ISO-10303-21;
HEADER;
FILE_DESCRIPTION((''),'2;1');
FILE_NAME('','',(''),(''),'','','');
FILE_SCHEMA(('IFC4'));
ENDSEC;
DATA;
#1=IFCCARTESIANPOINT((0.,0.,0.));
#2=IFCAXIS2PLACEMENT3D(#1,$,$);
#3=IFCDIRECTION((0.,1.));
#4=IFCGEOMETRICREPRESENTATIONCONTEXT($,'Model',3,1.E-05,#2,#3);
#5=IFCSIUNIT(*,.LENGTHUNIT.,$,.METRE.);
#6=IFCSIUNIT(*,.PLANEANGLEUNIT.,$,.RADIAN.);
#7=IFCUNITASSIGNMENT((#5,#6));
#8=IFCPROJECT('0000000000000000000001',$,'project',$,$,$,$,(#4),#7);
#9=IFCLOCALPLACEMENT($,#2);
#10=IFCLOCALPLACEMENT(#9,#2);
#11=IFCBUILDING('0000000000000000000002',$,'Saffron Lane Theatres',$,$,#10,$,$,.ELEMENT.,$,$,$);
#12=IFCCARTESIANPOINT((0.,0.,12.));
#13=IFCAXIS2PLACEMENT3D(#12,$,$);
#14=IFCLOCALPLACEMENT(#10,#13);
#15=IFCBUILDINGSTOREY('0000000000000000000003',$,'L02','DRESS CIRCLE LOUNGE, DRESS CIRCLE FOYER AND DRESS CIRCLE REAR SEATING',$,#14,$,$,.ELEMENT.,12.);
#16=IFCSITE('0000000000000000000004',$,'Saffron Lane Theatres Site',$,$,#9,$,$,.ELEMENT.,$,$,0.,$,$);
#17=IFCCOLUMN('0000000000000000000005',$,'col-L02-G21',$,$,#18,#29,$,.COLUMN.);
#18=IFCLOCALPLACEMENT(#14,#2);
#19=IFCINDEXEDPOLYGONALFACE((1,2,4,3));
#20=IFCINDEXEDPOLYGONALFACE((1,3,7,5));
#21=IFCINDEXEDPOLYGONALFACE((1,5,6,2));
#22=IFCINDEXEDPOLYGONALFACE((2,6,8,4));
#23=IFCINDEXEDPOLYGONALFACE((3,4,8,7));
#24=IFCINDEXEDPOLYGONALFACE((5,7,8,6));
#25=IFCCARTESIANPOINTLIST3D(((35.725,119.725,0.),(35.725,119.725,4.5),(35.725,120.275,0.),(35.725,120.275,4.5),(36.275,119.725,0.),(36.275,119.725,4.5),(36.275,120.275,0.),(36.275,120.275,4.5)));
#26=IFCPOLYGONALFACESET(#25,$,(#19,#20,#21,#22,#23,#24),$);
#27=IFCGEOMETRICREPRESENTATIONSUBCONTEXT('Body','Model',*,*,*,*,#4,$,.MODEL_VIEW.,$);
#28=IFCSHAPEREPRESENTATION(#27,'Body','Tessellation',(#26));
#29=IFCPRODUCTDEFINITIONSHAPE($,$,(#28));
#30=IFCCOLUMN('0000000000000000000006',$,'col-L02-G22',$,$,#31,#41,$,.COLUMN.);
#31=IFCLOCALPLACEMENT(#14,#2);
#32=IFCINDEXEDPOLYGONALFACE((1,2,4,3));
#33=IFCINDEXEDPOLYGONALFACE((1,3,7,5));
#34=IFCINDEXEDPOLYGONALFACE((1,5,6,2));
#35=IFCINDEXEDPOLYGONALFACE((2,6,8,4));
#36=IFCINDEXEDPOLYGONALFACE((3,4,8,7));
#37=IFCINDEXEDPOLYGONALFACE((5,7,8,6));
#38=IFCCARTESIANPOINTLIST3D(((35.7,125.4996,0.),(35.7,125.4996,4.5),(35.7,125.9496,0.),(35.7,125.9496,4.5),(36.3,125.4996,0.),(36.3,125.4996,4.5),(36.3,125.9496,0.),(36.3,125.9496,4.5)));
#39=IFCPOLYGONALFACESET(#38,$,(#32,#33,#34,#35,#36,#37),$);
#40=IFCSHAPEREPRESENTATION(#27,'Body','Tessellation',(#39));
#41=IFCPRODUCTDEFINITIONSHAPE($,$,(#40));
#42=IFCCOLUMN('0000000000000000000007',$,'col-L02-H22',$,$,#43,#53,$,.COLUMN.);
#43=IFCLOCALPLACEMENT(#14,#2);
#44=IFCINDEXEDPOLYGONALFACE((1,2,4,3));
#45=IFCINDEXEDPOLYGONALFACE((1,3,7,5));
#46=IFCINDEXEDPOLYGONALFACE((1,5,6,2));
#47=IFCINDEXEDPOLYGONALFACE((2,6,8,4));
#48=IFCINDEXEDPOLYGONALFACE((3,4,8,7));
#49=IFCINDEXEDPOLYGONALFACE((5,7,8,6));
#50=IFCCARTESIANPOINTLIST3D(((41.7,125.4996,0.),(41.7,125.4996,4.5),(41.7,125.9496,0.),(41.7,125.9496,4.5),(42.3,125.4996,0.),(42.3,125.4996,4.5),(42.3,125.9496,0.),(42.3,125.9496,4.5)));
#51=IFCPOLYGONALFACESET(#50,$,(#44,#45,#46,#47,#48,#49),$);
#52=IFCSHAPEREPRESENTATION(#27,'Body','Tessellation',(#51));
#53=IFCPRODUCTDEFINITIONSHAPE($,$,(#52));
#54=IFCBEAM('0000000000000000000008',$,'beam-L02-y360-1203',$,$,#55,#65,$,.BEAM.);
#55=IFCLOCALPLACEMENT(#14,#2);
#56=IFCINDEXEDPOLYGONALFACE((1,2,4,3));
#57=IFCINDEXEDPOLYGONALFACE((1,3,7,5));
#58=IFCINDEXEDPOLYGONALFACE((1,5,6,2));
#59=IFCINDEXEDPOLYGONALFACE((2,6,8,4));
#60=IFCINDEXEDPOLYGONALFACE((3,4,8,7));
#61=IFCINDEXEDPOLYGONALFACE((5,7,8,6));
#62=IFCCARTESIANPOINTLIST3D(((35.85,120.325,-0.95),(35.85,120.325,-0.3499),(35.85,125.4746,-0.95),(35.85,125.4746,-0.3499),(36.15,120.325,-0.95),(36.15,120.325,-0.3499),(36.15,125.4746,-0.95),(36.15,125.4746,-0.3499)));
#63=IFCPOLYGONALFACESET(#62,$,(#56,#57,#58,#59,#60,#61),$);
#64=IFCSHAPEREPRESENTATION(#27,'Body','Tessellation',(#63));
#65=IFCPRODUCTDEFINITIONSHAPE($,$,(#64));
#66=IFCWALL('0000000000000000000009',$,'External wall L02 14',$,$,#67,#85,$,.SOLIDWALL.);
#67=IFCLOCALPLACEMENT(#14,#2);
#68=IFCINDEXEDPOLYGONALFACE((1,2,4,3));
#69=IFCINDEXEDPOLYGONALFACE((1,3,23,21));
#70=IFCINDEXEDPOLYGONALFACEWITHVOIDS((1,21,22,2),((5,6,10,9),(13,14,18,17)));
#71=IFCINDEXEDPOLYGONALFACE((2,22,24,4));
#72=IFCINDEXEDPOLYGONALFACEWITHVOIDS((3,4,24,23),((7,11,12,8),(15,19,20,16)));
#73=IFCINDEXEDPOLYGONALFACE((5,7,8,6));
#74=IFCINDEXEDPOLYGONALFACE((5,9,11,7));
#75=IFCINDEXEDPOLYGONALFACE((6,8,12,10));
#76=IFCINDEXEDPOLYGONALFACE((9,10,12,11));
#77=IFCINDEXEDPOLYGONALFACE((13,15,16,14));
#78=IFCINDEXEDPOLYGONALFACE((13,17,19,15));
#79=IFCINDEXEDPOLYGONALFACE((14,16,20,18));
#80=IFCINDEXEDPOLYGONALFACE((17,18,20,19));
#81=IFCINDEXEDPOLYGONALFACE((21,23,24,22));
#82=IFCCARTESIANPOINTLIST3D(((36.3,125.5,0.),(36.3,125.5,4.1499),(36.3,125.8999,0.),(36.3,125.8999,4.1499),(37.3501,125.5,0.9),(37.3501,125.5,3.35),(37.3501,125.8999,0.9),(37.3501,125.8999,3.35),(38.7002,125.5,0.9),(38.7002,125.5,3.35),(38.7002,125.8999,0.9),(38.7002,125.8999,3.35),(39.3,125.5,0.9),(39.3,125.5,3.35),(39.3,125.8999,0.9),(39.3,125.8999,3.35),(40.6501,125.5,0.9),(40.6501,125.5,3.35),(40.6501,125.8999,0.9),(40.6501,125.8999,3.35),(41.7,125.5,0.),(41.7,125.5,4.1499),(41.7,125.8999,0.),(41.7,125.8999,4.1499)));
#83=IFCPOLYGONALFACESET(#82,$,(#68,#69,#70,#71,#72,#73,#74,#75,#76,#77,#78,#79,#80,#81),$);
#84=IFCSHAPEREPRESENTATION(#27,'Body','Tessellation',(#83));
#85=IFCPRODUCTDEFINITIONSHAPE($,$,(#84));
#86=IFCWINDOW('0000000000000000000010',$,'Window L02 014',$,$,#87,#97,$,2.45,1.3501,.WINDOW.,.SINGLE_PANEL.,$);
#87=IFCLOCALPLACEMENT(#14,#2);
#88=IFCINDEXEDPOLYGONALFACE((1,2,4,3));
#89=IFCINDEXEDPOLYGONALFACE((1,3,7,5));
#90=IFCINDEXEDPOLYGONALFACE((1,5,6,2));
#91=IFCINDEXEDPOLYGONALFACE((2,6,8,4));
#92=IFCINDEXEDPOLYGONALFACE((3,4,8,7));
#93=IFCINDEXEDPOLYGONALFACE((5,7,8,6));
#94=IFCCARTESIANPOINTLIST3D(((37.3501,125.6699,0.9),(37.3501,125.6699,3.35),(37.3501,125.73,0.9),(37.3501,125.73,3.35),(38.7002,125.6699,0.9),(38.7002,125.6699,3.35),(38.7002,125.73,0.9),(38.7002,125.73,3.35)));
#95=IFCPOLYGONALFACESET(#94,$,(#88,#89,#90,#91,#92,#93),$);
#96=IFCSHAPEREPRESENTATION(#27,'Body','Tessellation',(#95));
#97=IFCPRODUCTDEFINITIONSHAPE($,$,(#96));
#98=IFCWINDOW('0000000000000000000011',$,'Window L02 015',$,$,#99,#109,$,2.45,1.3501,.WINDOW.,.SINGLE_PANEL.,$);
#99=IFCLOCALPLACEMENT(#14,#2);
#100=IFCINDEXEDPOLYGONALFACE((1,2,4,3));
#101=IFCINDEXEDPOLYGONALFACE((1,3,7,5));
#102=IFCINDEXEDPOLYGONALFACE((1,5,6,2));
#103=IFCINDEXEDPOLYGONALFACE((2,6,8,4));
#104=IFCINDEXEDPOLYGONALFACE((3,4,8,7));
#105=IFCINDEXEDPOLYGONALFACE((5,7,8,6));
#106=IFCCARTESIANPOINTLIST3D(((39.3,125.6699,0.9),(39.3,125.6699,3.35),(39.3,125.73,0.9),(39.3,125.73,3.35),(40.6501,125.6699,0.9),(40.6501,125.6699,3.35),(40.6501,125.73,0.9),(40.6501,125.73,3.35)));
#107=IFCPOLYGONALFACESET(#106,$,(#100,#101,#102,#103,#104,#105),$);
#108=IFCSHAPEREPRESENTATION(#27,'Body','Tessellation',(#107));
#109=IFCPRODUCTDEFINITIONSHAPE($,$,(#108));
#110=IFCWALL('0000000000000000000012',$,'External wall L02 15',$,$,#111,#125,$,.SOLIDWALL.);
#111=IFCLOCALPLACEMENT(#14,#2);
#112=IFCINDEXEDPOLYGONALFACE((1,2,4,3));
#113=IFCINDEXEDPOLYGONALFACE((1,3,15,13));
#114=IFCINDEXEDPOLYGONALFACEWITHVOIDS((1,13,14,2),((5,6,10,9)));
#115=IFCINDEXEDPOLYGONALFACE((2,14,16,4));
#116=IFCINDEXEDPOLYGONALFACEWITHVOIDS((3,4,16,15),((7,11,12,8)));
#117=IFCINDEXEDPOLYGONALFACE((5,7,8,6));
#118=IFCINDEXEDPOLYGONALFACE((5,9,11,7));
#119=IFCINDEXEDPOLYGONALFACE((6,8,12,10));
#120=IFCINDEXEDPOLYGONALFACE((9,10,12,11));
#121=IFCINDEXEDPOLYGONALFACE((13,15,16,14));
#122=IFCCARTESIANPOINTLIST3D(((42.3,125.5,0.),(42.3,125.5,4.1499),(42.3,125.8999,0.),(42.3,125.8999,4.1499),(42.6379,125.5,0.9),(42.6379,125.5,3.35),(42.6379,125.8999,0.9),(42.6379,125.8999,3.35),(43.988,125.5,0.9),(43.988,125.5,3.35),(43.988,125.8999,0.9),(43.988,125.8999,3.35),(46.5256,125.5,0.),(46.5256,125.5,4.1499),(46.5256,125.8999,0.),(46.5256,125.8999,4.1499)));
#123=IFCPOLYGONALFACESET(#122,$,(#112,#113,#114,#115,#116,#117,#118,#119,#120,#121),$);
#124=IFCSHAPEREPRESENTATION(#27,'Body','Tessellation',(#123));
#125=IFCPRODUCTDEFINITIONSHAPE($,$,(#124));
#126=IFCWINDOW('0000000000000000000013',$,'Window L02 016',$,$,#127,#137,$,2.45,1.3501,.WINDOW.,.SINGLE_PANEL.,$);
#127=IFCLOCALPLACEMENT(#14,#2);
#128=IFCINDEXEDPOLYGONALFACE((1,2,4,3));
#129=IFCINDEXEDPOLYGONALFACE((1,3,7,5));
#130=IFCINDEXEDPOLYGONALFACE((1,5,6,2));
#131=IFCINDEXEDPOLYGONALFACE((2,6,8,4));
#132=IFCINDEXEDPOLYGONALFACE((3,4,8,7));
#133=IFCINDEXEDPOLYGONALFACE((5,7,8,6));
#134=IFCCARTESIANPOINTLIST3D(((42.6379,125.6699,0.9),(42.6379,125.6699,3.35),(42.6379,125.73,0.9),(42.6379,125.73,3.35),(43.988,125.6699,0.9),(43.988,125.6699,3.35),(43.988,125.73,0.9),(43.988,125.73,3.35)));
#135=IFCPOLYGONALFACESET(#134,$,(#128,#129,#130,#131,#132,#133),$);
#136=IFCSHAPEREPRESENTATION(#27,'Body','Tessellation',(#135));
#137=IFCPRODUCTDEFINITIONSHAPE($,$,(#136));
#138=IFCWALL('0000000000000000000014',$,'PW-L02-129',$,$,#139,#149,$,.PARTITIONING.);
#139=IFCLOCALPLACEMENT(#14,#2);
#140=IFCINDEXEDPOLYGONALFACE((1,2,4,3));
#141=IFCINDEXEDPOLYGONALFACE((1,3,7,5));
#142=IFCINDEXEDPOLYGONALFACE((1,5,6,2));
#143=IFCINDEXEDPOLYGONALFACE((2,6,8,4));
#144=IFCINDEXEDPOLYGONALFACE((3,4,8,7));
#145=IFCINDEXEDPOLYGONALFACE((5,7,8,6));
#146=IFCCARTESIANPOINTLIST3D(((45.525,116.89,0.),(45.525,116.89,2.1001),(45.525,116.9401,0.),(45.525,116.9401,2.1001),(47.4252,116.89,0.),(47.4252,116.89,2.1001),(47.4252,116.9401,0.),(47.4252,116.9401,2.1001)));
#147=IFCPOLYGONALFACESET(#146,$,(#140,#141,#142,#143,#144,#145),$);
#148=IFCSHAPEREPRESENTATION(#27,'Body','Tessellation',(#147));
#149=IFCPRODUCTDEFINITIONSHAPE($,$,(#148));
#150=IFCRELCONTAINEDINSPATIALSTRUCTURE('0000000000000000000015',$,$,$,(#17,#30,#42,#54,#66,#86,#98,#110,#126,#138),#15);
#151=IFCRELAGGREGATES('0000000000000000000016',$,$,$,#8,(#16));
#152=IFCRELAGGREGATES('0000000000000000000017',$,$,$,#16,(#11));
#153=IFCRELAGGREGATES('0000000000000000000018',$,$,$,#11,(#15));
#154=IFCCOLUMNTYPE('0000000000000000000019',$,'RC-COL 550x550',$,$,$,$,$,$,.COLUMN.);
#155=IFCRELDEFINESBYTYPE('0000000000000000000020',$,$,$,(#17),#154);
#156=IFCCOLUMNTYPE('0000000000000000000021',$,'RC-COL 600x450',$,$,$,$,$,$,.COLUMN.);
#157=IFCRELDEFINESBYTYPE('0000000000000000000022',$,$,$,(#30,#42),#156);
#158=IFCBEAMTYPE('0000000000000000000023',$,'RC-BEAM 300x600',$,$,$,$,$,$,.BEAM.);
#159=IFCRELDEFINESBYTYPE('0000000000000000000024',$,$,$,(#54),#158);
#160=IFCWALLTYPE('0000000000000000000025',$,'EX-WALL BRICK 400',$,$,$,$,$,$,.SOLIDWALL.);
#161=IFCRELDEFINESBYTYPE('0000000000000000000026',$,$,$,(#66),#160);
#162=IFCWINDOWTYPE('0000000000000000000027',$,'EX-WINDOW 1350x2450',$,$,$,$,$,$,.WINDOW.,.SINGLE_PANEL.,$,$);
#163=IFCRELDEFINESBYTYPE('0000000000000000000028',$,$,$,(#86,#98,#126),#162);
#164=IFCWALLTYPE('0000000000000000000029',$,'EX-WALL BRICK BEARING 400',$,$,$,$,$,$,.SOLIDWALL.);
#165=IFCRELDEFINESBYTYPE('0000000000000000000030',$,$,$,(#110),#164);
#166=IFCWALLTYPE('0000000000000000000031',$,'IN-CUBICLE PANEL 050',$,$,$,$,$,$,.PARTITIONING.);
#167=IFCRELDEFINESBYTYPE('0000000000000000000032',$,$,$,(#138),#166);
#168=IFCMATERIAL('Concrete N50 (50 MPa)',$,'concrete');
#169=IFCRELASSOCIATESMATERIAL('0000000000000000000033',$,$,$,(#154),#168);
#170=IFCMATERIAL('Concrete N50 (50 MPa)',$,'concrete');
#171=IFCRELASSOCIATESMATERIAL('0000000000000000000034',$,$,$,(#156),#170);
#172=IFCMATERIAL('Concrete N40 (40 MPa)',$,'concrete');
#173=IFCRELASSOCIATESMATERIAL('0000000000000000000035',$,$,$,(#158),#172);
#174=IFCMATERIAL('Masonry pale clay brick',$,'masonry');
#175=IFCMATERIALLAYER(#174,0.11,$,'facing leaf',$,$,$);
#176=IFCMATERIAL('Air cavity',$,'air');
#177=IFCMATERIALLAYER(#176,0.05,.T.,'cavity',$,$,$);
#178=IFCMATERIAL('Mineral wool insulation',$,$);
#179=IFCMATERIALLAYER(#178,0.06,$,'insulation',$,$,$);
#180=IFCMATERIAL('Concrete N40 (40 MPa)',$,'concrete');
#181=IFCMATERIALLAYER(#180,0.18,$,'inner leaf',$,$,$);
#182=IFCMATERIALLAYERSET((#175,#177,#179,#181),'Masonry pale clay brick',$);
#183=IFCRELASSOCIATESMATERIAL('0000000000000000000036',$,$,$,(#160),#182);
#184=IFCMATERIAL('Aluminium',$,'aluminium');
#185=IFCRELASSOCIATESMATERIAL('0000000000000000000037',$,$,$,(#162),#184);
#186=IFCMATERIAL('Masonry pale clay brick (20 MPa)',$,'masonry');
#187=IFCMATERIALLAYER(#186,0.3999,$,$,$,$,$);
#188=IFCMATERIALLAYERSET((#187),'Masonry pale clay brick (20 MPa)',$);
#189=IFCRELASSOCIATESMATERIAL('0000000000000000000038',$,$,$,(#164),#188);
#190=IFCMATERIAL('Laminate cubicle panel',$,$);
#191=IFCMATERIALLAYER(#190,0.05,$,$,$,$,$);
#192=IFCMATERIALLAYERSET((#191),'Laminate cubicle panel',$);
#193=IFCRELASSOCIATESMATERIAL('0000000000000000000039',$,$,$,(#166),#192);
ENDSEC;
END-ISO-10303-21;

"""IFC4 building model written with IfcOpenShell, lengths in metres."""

from ifc_helpers import new_model, si_unit, direction, frame, frame_2d, origin, origin_2d, place, context, subcontext, project, spatial, rectangle, extrude, material, layer, layer_set, material_profile, profile_set, type_object, element, fill, save


model = new_model("IFC4")

# Units and contexts
model_context = context("Model", 3, precision=1e-05, world=origin(), true_north=direction((0.0, 1.0)))
body_context = subcontext(model_context, "Body", "Model", "MODEL_VIEW")
ifc_project = project(units=[si_unit("LENGTHUNIT", "METRE"), si_unit("PLANEANGLEUNIT", "RADIAN")], contexts=[model_context])

# Site, building, storey
site_placement = place(None, origin())
site = spatial("IfcSite", under=ifc_project, at=site_placement, Name="Saffron Lane Theatres Site", CompositionType="ELEMENT", RefElevation=0.0)
building_placement = place(site_placement, origin())
building = spatial("IfcBuilding", under=site, at=building_placement, Name="Saffron Lane Theatres", CompositionType="ELEMENT")
storey_placement = place(building_placement, frame((0.0, 0.0, 12.0)))
storey = spatial("IfcBuildingStorey", under=building, at=storey_placement, Name="L02", Description="DRESS CIRCLE LOUNGE, DRESS CIRCLE FOYER AND DRESS CIRCLE REAR SEATING", CompositionType="ELEMENT", Elevation=12.0)

# Columns
ifc_material_1 = material(Name="Concrete N50 (50 MPa)", Category="concrete")
ifc_material_profile_1 = material_profile(ifc_material_1, rectangle(XDim=0.55, YDim=0.55, at=origin_2d()))
ifc_profile_set_1 = profile_set([ifc_material_profile_1], Name="Concrete N50 (50 MPa)")
column_type_1 = type_object("IfcColumnType", Name="RC-COL 550x550", PredefinedType="COLUMN", material=ifc_profile_set_1)
column_placement = place(storey_placement, frame((36.0, 120.0, 0.0), z_axis=(0.0, 0.0, 1.0), x_axis=(1.0, 0.0, 0.0)))
element("IfcColumn", 1, at=column_placement, inside=storey, type_object=column_type_1, Name="col-L02-G21", PredefinedType="COLUMN", context=body_context, shape_type="SweptSolid", body=[
    extrude(rectangle(XDim=0.55, YDim=0.55, at=origin_2d()), origin(), (0.0, 0.0, 1.0), 4.5),
])
ifc_material_2 = material(Name="Concrete N50 (50 MPa)", Category="concrete")
ifc_material_profile_2 = material_profile(ifc_material_2, rectangle(XDim=0.6001, YDim=0.45, at=origin_2d()))
ifc_profile_set_2 = profile_set([ifc_material_profile_2], Name="Concrete N50 (50 MPa)")
column_type_2 = type_object("IfcColumnType", Name="RC-COL 600x450", PredefinedType="COLUMN", material=ifc_profile_set_2)
for number, where, z_axis, x_axis, name in (
    (2, (36.0, 125.7246, 0.0), (0.0, 0.0, 1.0), (1.0, 0.0, 0.0), "col-L02-G22"),
    (3, (42.0, 125.7246, 0.0), (0.0, 0.0, 1.0), (1.0, 0.0, 0.0), "col-L02-H22"),
):
    element("IfcColumn", number, at=place(storey_placement, frame(where, z_axis=z_axis, x_axis=x_axis)), inside=storey, type_object=column_type_2, Name=name, PredefinedType="COLUMN", context=body_context, shape_type="SweptSolid", body=[
        extrude(rectangle(XDim=0.6001, YDim=0.45, at=origin_2d()), origin(), (0.0, 0.0, 1.0), 4.5),
    ])

# Beam
ifc_material_3 = material(Name="Concrete N40 (40 MPa)", Category="concrete")
ifc_material_profile_3 = material_profile(ifc_material_3, rectangle(XDim=0.3, YDim=0.6001, at=origin_2d()))
ifc_profile_set_3 = profile_set([ifc_material_profile_3], Name="Concrete N40 (40 MPa)")
beam_type = type_object("IfcBeamType", Name="RC-BEAM 300x600", PredefinedType="BEAM", material=ifc_profile_set_3)
beam_placement = place(storey_placement, frame((36.0, 120.325, -0.6499), z_axis=(0.0, 1.0, 0.0), x_axis=(-1.0, 0.0, 0.0)))
element("IfcBeam", 4, at=beam_placement, inside=storey, type_object=beam_type, Name="beam-L02-y360-1203", PredefinedType="BEAM", context=body_context, shape_type="SweptSolid", body=[
    extrude(rectangle(XDim=0.3, YDim=0.6001, at=origin_2d()), origin(), (0.0, 0.0, 1.0), 5.1497),
])

# Wall, openings, windows
ifc_material_4 = material(Name="Masonry pale clay brick", Category="masonry")
ifc_layer_1 = layer(ifc_material_4, 0.11, Name="facing leaf")
ifc_material_5 = material(Name="Air cavity", Category="air")
ifc_layer_2 = layer(ifc_material_5, 0.05, ventilated=True, Name="cavity")
ifc_material_6 = material(Name="Mineral wool insulation")
ifc_layer_3 = layer(ifc_material_6, 0.06, Name="insulation")
ifc_material_7 = material(Name="Concrete N40 (40 MPa)", Category="concrete")
ifc_layer_4 = layer(ifc_material_7, 0.18, Name="inner leaf")
ifc_layer_set_1 = layer_set([ifc_layer_1, ifc_layer_2, ifc_layer_3, ifc_layer_4], Name="Masonry pale clay brick")
wall_type_1 = type_object("IfcWallType", Name="EX-WALL BRICK 400", PredefinedType="SOLIDWALL", material=ifc_layer_set_1)
wall_1_placement = place(storey_placement, frame((36.3, 125.7, 0.0), z_axis=(0.0, 0.0, 1.0), x_axis=(1.0, 0.0, 0.0)))
wall_1 = element("IfcWall", 5, at=wall_1_placement, inside=storey, type_object=wall_type_1, Name="External wall L02 14", PredefinedType="SOLIDWALL", context=body_context, shape_type="SweptSolid", body=[
    extrude(rectangle(XDim=5.3999, YDim=0.3999, at=frame_2d((2.7, 0.0))), origin(), (0.0, 0.0, 1.0), 4.1499),
])
opening_1_placement = place(wall_1_placement, frame((1.05, 0.0, 0.8999)))
opening_1 = element("IfcOpeningElement", 6, at=opening_1_placement, cuts=wall_1, PredefinedType="OPENING", context=body_context, shape_type="SweptSolid", body=[
    extrude(rectangle(XDim=1.3501, YDim=2.45, at=frame_2d((0.675, 1.2251))), frame((0.0, 0.21, 0.0), z_axis=(0.0, -1.0, 0.0), x_axis=(1.0, 0.0, 0.0)), (0.0, 0.0, 1.0), 0.4199),
])
opening_2_placement = place(wall_1_placement, frame((3.0, 0.0, 0.8999)))
opening_2 = element("IfcOpeningElement", 7, at=opening_2_placement, cuts=wall_1, PredefinedType="OPENING", context=body_context, shape_type="SweptSolid", body=[
    extrude(rectangle(XDim=1.3501, YDim=2.45, at=frame_2d((0.675, 1.2251))), frame((0.0, 0.21, 0.0), z_axis=(0.0, -1.0, 0.0), x_axis=(1.0, 0.0, 0.0)), (0.0, 0.0, 1.0), 0.4199),
])
ifc_material_8 = material(Name="Aluminium", Category="aluminium")
window_type = type_object("IfcWindowType", Name="EX-WINDOW 1350x2450", PartitioningType="SINGLE_PANEL", PredefinedType="WINDOW", material=ifc_material_8)
window_1_placement = place(opening_1_placement, origin())
window_1 = element("IfcWindow", 8, at=window_1_placement, inside=storey, type_object=window_type, Name="Window L02 014", OverallHeight=2.45, OverallWidth=1.3501, PartitioningType="SINGLE_PANEL", PredefinedType="WINDOW", context=body_context, shape_type="SweptSolid", body=[
    extrude(rectangle(XDim=1.3501, YDim=2.45, at=frame_2d((0.675, 1.2251))), frame((0.0, 0.03, 0.0), z_axis=(0.0, -1.0, 0.0), x_axis=(1.0, 0.0, 0.0)), (0.0, 0.0, 1.0), 0.0601),
])
fill(opening_1, window_1)
window_2_placement = place(opening_2_placement, origin())
window_2 = element("IfcWindow", 9, at=window_2_placement, inside=storey, type_object=window_type, Name="Window L02 015", OverallHeight=2.45, OverallWidth=1.3501, PartitioningType="SINGLE_PANEL", PredefinedType="WINDOW", context=body_context, shape_type="SweptSolid", body=[
    extrude(rectangle(XDim=1.3501, YDim=2.45, at=frame_2d((0.675, 1.2251))), frame((0.0, 0.03, 0.0), z_axis=(0.0, -1.0, 0.0), x_axis=(1.0, 0.0, 0.0)), (0.0, 0.0, 1.0), 0.0601),
])
fill(opening_2, window_2)

# Wall, opening, window
ifc_material_9 = material(Name="Masonry pale clay brick (20 MPa)", Category="masonry")
ifc_layer_5 = layer(ifc_material_9, 0.3999)
ifc_layer_set_2 = layer_set([ifc_layer_5], Name="Masonry pale clay brick (20 MPa)")
wall_type_2 = type_object("IfcWallType", Name="EX-WALL BRICK BEARING 400", PredefinedType="SOLIDWALL", material=ifc_layer_set_2)
wall_2_placement = place(storey_placement, frame((42.3, 125.7, 0.0), z_axis=(0.0, 0.0, 1.0), x_axis=(1.0, 0.0, 0.0)))
wall_2 = element("IfcWall", 10, at=wall_2_placement, inside=storey, type_object=wall_type_2, Name="External wall L02 15", PredefinedType="SOLIDWALL", context=body_context, shape_type="SweptSolid", body=[
    extrude(rectangle(XDim=4.2256, YDim=0.3999, at=frame_2d((2.1128, 0.0))), origin(), (0.0, 0.0, 1.0), 4.1499),
])
opening_3_placement = place(wall_2_placement, frame((0.3379, 0.0, 0.8999)))
opening_3 = element("IfcOpeningElement", 11, at=opening_3_placement, cuts=wall_2, PredefinedType="OPENING", context=body_context, shape_type="SweptSolid", body=[
    extrude(rectangle(XDim=1.3501, YDim=2.45, at=frame_2d((0.675, 1.2251))), frame((0.0, 0.21, 0.0), z_axis=(0.0, -1.0, 0.0), x_axis=(1.0, 0.0, 0.0)), (0.0, 0.0, 1.0), 0.4199),
])
window_3_placement = place(opening_3_placement, origin())
window_3 = element("IfcWindow", 12, at=window_3_placement, inside=storey, type_object=window_type, Name="Window L02 016", OverallHeight=2.45, OverallWidth=1.3501, PartitioningType="SINGLE_PANEL", PredefinedType="WINDOW", context=body_context, shape_type="SweptSolid", body=[
    extrude(rectangle(XDim=1.3501, YDim=2.45, at=frame_2d((0.675, 1.2251))), frame((0.0, 0.03, 0.0), z_axis=(0.0, -1.0, 0.0), x_axis=(1.0, 0.0, 0.0)), (0.0, 0.0, 1.0), 0.0601),
])
fill(opening_3, window_3)

# Wall
ifc_material_10 = material(Name="Laminate cubicle panel")
ifc_layer_6 = layer(ifc_material_10, 0.05)
ifc_layer_set_3 = layer_set([ifc_layer_6], Name="Laminate cubicle panel")
wall_type_3 = type_object("IfcWallType", Name="IN-CUBICLE PANEL 050", PredefinedType="PARTITIONING", material=ifc_layer_set_3)
wall_3_placement = place(storey_placement, frame((45.5249, 116.915, 0.0), z_axis=(0.0, 0.0, 1.0), x_axis=(1.0, 0.0, 0.0)))
element("IfcWall", 13, at=wall_3_placement, inside=storey, type_object=wall_type_3, Name="PW-L02-129", PredefinedType="PARTITIONING", context=body_context, shape_type="SweptSolid", body=[
    extrude(rectangle(XDim=1.9001, YDim=0.05, at=frame_2d((0.9502, 0.0))), origin(), (0.0, 0.0, 1.0), 2.1001),
])

save(model, "model.ifc")
